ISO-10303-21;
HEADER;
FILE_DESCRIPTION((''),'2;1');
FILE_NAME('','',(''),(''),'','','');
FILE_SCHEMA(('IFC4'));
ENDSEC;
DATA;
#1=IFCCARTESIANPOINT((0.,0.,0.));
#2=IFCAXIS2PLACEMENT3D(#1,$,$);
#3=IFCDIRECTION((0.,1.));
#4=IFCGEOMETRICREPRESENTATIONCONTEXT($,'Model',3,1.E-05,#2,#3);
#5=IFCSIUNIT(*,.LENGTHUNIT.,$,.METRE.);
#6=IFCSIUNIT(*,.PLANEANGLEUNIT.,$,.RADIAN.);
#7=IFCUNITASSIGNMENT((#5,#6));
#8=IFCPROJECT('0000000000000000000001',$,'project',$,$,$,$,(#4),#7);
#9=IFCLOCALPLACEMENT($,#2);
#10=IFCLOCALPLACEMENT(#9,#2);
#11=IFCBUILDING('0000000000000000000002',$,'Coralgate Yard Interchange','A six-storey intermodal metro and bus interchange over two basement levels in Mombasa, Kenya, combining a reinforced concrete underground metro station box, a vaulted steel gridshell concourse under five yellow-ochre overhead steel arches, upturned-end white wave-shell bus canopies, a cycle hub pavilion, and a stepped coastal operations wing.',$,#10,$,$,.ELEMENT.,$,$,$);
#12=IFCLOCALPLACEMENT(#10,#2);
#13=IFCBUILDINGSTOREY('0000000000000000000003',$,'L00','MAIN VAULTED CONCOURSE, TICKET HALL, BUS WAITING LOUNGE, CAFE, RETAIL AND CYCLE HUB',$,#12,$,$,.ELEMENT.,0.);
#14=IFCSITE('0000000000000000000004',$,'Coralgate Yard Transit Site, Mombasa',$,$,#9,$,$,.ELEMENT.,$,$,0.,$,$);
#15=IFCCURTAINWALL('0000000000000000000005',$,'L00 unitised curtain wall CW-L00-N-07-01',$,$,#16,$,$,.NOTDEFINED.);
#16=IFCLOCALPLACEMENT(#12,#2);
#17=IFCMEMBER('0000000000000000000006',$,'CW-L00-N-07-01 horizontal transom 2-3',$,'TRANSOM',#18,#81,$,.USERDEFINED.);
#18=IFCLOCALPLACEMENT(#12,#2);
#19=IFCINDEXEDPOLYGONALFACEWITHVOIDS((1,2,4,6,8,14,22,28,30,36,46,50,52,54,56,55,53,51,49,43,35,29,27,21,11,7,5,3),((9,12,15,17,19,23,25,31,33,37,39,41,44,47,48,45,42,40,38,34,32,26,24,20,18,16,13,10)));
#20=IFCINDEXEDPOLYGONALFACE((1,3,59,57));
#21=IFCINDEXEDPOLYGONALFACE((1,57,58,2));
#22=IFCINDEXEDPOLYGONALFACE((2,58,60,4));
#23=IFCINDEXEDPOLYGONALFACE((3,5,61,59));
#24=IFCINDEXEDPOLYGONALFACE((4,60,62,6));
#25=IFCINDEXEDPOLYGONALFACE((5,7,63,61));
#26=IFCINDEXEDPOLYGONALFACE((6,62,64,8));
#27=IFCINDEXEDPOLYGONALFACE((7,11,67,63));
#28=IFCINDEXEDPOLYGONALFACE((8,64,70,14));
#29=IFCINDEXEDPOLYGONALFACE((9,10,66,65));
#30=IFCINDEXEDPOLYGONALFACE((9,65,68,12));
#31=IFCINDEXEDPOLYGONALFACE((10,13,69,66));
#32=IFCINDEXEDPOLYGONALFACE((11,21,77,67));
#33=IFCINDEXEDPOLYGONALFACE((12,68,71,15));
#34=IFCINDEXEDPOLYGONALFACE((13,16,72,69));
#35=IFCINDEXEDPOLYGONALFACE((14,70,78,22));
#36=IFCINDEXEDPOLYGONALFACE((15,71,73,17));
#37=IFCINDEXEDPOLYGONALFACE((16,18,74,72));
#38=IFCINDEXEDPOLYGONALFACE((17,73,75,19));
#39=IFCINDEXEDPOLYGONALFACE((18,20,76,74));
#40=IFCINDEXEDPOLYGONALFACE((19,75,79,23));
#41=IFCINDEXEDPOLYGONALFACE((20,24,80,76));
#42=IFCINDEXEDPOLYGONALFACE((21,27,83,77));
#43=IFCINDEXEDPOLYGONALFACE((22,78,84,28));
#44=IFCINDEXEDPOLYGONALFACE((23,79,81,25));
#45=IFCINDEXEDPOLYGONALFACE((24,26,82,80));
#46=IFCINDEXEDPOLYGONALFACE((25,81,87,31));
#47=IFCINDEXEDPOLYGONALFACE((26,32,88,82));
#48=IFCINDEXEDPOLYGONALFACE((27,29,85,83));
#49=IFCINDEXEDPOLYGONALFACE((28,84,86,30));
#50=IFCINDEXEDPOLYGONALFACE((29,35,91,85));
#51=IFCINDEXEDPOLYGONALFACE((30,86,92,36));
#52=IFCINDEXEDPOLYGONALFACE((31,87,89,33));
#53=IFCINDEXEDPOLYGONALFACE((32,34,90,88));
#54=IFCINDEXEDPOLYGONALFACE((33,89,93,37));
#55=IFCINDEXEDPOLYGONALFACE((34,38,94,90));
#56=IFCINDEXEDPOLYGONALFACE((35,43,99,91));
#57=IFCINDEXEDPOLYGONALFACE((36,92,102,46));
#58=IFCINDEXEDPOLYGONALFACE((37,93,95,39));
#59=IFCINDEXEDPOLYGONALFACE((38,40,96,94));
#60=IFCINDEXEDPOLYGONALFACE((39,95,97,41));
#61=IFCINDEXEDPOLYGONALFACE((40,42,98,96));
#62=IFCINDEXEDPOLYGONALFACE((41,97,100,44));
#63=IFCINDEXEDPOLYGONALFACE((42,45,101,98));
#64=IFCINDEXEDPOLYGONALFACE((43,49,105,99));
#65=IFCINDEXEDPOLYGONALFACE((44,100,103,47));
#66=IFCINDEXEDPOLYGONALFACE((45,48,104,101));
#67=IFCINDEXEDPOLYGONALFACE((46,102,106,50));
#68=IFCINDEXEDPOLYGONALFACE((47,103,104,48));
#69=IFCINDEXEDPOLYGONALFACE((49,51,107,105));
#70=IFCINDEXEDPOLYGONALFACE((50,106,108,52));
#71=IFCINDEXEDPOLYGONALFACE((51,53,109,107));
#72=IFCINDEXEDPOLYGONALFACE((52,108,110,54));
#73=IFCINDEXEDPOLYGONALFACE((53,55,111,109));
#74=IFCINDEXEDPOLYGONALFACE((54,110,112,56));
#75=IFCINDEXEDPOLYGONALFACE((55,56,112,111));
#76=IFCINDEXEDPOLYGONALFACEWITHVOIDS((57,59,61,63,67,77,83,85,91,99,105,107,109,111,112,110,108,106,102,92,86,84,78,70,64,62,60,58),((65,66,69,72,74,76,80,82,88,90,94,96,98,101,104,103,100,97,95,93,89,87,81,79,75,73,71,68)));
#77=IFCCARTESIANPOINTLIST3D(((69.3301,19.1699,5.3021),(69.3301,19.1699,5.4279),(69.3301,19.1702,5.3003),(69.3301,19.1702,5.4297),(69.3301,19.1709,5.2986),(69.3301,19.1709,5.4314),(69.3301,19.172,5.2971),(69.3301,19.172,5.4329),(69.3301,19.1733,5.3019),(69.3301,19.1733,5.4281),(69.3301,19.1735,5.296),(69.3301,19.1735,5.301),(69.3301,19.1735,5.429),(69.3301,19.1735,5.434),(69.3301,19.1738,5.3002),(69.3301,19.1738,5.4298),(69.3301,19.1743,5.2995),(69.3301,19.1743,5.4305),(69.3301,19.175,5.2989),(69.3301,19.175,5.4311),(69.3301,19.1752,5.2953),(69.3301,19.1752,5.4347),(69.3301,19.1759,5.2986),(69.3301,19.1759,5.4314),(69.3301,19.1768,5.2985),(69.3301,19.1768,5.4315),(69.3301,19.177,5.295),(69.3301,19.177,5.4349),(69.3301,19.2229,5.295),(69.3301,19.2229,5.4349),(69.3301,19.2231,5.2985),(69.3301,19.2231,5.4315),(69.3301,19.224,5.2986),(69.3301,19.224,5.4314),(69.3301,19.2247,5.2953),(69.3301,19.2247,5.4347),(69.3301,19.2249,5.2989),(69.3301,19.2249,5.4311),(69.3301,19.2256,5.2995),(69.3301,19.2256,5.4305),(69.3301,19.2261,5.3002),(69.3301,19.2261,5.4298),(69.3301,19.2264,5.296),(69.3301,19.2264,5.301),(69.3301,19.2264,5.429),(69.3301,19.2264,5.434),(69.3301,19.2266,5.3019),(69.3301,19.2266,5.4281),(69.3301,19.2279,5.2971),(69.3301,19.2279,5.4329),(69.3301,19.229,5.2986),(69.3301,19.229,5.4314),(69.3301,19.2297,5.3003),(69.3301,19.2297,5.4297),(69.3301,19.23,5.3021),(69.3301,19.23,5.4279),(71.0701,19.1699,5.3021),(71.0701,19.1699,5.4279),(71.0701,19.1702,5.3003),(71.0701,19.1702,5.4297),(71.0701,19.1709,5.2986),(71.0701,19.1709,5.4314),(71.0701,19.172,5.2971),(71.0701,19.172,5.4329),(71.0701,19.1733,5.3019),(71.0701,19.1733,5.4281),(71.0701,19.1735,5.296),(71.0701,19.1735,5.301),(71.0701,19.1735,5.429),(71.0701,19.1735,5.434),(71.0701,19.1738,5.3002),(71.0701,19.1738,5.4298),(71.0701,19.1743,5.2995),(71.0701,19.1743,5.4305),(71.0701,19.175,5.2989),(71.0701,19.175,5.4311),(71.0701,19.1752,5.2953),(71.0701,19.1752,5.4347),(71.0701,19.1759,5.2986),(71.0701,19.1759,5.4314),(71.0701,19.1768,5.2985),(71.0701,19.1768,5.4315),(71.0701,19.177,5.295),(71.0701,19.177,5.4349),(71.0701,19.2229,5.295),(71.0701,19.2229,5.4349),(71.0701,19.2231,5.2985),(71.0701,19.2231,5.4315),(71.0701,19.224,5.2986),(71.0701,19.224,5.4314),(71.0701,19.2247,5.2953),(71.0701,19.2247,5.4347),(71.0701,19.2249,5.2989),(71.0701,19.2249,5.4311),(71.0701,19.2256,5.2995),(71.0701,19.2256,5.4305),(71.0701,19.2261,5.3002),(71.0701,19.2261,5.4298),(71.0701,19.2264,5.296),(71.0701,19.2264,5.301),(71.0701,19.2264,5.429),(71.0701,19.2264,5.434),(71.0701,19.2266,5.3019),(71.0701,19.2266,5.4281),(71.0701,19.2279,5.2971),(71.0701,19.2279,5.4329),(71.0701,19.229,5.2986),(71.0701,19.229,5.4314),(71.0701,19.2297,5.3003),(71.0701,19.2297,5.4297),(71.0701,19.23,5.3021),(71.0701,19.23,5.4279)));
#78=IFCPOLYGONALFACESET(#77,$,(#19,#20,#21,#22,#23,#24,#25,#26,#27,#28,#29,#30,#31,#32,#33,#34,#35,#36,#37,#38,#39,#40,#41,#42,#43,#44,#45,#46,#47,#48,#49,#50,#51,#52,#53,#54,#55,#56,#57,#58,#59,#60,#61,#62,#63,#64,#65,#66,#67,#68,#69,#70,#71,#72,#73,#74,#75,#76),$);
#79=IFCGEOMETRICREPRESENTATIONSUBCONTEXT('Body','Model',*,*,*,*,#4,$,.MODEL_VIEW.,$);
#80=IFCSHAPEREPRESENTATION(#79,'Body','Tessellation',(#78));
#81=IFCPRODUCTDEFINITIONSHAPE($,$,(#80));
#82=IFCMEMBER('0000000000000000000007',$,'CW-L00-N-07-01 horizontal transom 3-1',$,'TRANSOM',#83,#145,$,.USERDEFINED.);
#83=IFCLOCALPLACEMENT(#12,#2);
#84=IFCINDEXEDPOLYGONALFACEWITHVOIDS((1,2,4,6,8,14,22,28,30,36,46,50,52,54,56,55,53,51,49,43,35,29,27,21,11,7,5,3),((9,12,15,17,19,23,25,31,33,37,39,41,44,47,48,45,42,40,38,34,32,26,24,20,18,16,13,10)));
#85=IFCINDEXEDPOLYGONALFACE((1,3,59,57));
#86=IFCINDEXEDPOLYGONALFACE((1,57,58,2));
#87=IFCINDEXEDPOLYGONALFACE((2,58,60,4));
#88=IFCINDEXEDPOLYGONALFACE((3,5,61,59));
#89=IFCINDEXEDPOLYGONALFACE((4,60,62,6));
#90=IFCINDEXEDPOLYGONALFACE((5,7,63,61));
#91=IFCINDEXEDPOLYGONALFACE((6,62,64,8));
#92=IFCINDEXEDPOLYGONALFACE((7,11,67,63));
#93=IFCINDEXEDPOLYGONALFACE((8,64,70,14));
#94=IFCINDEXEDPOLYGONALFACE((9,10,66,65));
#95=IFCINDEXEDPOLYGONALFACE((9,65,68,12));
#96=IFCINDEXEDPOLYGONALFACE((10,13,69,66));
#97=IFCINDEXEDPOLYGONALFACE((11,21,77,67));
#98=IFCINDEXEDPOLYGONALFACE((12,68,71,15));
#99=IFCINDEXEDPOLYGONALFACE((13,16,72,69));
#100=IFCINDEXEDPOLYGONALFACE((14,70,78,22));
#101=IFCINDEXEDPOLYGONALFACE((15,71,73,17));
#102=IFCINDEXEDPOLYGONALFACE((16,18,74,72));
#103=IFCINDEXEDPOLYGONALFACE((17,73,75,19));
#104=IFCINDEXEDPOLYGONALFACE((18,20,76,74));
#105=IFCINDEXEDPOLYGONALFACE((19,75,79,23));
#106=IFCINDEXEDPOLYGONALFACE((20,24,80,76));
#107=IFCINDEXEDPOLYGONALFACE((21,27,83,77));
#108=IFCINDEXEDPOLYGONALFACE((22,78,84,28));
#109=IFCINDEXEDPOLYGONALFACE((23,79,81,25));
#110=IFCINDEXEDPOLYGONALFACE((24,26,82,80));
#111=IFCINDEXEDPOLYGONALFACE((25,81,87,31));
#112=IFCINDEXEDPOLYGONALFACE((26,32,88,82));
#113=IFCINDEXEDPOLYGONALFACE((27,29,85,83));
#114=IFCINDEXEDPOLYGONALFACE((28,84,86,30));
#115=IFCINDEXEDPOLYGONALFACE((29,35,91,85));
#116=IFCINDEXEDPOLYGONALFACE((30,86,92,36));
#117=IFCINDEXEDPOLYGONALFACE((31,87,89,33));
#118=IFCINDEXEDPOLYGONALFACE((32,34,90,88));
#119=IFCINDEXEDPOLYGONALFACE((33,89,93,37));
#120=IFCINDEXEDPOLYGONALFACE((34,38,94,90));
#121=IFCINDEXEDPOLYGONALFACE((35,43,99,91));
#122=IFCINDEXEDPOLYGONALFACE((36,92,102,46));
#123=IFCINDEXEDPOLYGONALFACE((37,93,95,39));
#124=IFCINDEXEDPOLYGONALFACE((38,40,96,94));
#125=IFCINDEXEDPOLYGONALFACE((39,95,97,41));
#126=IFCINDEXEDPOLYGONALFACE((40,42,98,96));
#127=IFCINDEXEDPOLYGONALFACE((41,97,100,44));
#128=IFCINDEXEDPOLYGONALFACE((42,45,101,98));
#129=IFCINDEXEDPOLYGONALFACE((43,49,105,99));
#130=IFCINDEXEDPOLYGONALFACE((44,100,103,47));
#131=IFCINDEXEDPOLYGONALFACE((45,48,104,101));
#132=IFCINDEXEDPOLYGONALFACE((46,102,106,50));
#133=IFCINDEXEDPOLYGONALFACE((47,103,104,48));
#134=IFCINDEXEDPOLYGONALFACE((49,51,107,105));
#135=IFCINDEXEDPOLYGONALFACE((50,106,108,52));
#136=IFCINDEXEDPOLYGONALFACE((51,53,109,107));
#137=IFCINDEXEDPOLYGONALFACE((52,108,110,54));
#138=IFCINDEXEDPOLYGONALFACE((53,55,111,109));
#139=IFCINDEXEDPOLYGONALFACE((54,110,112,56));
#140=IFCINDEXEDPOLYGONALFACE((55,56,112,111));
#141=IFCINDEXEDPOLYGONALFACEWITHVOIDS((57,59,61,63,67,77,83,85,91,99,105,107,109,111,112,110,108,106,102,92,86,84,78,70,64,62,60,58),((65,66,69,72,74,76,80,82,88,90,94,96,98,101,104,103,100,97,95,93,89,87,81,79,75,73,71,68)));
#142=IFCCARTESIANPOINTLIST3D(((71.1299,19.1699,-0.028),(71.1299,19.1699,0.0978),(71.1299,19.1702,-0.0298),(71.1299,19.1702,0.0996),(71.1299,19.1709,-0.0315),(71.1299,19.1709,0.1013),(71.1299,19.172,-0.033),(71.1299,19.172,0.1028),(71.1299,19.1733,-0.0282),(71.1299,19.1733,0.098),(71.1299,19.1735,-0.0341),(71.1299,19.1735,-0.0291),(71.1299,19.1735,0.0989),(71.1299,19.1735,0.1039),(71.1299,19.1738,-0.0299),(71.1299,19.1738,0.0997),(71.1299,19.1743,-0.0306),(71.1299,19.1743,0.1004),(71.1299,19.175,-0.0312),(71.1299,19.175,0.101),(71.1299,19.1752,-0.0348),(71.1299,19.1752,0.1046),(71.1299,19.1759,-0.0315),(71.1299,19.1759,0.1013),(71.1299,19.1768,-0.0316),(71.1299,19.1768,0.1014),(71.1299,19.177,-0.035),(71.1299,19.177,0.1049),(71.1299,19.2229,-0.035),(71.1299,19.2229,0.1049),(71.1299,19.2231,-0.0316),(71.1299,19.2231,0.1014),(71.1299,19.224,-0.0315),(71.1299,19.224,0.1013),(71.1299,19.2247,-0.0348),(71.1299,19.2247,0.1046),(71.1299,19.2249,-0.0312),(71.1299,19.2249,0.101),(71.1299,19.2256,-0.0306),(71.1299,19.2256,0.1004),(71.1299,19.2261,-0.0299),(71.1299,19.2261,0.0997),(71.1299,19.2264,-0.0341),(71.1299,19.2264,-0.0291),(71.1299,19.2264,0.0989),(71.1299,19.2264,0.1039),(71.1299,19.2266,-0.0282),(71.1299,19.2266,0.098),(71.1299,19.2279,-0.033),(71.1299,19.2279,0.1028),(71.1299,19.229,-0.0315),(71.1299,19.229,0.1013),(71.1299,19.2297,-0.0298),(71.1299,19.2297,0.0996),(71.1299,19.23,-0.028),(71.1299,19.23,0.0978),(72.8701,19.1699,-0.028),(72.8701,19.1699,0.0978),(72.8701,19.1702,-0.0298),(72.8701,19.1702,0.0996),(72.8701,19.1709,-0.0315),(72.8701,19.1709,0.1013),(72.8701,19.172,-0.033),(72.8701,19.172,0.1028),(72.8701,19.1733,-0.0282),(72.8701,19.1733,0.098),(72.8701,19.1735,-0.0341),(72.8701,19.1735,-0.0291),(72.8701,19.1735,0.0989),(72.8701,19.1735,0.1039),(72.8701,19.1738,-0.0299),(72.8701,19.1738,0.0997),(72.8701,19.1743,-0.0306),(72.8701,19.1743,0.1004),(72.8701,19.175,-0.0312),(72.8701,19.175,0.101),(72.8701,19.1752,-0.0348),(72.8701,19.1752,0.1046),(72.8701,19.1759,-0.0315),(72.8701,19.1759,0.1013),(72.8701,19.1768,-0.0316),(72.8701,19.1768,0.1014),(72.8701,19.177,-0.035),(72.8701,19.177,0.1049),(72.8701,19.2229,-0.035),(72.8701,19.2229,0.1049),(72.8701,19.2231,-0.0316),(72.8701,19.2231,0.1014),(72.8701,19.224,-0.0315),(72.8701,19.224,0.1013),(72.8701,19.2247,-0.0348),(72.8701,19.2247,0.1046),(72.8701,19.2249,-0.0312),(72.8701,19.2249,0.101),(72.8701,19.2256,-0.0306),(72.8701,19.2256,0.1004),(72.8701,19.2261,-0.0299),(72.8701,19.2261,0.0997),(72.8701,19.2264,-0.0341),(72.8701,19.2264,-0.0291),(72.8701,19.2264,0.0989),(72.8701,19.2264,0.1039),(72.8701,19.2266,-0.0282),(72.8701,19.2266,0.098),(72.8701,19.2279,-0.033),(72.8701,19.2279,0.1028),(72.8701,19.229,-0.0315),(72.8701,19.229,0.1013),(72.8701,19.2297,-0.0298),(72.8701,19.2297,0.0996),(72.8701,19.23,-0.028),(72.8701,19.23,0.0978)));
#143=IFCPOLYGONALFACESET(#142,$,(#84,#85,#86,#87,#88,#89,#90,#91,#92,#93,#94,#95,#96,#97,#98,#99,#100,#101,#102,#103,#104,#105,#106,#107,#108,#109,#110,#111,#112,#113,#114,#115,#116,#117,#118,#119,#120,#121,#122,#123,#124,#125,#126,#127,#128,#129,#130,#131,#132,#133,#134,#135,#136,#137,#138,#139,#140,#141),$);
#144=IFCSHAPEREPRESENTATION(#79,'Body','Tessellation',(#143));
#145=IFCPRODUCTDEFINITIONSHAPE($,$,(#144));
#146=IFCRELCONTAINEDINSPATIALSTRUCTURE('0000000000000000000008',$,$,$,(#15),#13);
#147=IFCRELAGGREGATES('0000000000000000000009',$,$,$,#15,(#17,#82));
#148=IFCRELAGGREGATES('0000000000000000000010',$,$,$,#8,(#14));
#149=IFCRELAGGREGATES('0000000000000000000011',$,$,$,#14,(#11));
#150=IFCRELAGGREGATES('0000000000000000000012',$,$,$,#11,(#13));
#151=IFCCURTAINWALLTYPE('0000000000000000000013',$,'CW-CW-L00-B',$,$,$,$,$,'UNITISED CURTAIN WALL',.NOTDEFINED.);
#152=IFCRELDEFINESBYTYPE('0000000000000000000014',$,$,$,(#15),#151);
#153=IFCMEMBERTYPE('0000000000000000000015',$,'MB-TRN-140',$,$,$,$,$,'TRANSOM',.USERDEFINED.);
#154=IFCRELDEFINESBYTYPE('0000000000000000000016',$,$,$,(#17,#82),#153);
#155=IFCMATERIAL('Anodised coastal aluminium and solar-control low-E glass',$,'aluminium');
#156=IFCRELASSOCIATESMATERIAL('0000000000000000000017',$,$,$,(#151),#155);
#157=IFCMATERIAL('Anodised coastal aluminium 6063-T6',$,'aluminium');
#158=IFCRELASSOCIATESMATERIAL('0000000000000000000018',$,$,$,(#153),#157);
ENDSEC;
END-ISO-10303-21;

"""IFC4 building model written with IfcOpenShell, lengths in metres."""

from ifc_helpers import new_model, si_unit, direction, frame, origin, origin_2d, place, context, subcontext, project, spatial, hollow_rectangle, extrude, material, material_profile, profile_set, type_object, element, aggregate, save


model = new_model("IFC4")

# Units and contexts
model_context = context("Model", 3, precision=1e-05, world=origin(), true_north=direction((0.0, 1.0)))
body_context = subcontext(model_context, "Body", "Model", "MODEL_VIEW")
ifc_project = project(units=[si_unit("LENGTHUNIT", "METRE"), si_unit("PLANEANGLEUNIT", "RADIAN")], contexts=[model_context])

# Site, building, storey
site_placement = place(None, origin())
site = spatial("IfcSite", under=ifc_project, at=site_placement, Name="Coralgate Yard Transit Site, Mombasa", CompositionType="ELEMENT", RefElevation=0.0)
building_placement = place(site_placement, origin())
building = spatial("IfcBuilding", under=site, at=building_placement, Name="Coralgate Yard Interchange", Description="A six-storey intermodal metro and bus interchange over two basement levels in Mombasa, Kenya, combining a reinforced concrete underground metro station box, a vaulted steel gridshell concourse under five yellow-ochre overhead steel arches, upturned-end white wave-shell bus canopies, a cycle hub pavilion, and a stepped coastal operations wing.", CompositionType="ELEMENT")
storey_placement = place(building_placement, origin())
storey = spatial("IfcBuildingStorey", under=building, at=storey_placement, Name="L00", Description="MAIN VAULTED CONCOURSE, TICKET HALL, BUS WAITING LOUNGE, CAFE, RETAIL AND CYCLE HUB", CompositionType="ELEMENT", Elevation=0.0)

# Shared definitions
ifc_material_1 = material(Name="Anodised coastal aluminium and solar-control low-E glass", Category="aluminium")
curtain_wall_type = type_object("IfcCurtainWallType", Name="CW-CW-L00-B", ElementType="UNITISED CURTAIN WALL", PredefinedType="NOTDEFINED", material=ifc_material_1)
ifc_material_2 = material(Name="Anodised coastal aluminium 6063-T6", Category="aluminium")

# Curtain wall
curtain_wall_1_placement = place(storey_placement, origin())
curtain_wall_1 = element("IfcCurtainWall", 1, at=curtain_wall_1_placement, inside=storey, type_object=curtain_wall_type, Name="L00 unitised curtain wall CW-L00-N-07-01", PredefinedType="NOTDEFINED")

# Members
ifc_material_profile_1 = material_profile(ifc_material_2, hollow_rectangle(XDim=0.0601, YDim=0.1399, WallThickness=0.0034, InnerFilletRadius=0.0034, OuterFilletRadius=0.0071, at=origin_2d()), Name="ALU 60x140x3.5")
ifc_profile_set_1 = profile_set([ifc_material_profile_1], Name="Anodised coastal aluminium 6063-T6")
member_type_1 = type_object("IfcMemberType", Name="MB-TRN-140", ElementType="TRANSOM", PredefinedType="USERDEFINED", material=ifc_profile_set_1)
member_1_placement = place(storey_placement, frame((69.3301, 19.2, 5.365), z_axis=(1.0, 0.0, 0.0), x_axis=(0.0, 1.0, 0.0)))
member_1 = element("IfcMember", 2, at=member_1_placement, type_object=member_type_1, Name="CW-L00-N-07-01 horizontal transom 2-3", ObjectType="TRANSOM", PredefinedType="USERDEFINED", context=body_context, shape_type="SweptSolid", body=[
    extrude(hollow_rectangle(XDim=0.0601, YDim=0.1399, WallThickness=0.0034, InnerFilletRadius=0.0034, OuterFilletRadius=0.0071, at=origin_2d()), origin(), (0.0, 0.0, 1.0), 1.74),
])
member_2_placement = place(storey_placement, frame((71.1299, 19.2, 0.0349), z_axis=(1.0, 0.0, 0.0), x_axis=(0.0, 1.0, 0.0)))
member_2 = element("IfcMember", 3, at=member_2_placement, type_object=member_type_1, Name="CW-L00-N-07-01 horizontal transom 3-1", ObjectType="TRANSOM", PredefinedType="USERDEFINED", context=body_context, shape_type="SweptSolid", body=[
    extrude(hollow_rectangle(XDim=0.0601, YDim=0.1399, WallThickness=0.0034, InnerFilletRadius=0.0034, OuterFilletRadius=0.0071, at=origin_2d()), origin(), (0.0, 0.0, 1.0), 1.7402),
])

aggregate(curtain_wall_1, [member_1, member_2])

save(model, "model.ifc")
